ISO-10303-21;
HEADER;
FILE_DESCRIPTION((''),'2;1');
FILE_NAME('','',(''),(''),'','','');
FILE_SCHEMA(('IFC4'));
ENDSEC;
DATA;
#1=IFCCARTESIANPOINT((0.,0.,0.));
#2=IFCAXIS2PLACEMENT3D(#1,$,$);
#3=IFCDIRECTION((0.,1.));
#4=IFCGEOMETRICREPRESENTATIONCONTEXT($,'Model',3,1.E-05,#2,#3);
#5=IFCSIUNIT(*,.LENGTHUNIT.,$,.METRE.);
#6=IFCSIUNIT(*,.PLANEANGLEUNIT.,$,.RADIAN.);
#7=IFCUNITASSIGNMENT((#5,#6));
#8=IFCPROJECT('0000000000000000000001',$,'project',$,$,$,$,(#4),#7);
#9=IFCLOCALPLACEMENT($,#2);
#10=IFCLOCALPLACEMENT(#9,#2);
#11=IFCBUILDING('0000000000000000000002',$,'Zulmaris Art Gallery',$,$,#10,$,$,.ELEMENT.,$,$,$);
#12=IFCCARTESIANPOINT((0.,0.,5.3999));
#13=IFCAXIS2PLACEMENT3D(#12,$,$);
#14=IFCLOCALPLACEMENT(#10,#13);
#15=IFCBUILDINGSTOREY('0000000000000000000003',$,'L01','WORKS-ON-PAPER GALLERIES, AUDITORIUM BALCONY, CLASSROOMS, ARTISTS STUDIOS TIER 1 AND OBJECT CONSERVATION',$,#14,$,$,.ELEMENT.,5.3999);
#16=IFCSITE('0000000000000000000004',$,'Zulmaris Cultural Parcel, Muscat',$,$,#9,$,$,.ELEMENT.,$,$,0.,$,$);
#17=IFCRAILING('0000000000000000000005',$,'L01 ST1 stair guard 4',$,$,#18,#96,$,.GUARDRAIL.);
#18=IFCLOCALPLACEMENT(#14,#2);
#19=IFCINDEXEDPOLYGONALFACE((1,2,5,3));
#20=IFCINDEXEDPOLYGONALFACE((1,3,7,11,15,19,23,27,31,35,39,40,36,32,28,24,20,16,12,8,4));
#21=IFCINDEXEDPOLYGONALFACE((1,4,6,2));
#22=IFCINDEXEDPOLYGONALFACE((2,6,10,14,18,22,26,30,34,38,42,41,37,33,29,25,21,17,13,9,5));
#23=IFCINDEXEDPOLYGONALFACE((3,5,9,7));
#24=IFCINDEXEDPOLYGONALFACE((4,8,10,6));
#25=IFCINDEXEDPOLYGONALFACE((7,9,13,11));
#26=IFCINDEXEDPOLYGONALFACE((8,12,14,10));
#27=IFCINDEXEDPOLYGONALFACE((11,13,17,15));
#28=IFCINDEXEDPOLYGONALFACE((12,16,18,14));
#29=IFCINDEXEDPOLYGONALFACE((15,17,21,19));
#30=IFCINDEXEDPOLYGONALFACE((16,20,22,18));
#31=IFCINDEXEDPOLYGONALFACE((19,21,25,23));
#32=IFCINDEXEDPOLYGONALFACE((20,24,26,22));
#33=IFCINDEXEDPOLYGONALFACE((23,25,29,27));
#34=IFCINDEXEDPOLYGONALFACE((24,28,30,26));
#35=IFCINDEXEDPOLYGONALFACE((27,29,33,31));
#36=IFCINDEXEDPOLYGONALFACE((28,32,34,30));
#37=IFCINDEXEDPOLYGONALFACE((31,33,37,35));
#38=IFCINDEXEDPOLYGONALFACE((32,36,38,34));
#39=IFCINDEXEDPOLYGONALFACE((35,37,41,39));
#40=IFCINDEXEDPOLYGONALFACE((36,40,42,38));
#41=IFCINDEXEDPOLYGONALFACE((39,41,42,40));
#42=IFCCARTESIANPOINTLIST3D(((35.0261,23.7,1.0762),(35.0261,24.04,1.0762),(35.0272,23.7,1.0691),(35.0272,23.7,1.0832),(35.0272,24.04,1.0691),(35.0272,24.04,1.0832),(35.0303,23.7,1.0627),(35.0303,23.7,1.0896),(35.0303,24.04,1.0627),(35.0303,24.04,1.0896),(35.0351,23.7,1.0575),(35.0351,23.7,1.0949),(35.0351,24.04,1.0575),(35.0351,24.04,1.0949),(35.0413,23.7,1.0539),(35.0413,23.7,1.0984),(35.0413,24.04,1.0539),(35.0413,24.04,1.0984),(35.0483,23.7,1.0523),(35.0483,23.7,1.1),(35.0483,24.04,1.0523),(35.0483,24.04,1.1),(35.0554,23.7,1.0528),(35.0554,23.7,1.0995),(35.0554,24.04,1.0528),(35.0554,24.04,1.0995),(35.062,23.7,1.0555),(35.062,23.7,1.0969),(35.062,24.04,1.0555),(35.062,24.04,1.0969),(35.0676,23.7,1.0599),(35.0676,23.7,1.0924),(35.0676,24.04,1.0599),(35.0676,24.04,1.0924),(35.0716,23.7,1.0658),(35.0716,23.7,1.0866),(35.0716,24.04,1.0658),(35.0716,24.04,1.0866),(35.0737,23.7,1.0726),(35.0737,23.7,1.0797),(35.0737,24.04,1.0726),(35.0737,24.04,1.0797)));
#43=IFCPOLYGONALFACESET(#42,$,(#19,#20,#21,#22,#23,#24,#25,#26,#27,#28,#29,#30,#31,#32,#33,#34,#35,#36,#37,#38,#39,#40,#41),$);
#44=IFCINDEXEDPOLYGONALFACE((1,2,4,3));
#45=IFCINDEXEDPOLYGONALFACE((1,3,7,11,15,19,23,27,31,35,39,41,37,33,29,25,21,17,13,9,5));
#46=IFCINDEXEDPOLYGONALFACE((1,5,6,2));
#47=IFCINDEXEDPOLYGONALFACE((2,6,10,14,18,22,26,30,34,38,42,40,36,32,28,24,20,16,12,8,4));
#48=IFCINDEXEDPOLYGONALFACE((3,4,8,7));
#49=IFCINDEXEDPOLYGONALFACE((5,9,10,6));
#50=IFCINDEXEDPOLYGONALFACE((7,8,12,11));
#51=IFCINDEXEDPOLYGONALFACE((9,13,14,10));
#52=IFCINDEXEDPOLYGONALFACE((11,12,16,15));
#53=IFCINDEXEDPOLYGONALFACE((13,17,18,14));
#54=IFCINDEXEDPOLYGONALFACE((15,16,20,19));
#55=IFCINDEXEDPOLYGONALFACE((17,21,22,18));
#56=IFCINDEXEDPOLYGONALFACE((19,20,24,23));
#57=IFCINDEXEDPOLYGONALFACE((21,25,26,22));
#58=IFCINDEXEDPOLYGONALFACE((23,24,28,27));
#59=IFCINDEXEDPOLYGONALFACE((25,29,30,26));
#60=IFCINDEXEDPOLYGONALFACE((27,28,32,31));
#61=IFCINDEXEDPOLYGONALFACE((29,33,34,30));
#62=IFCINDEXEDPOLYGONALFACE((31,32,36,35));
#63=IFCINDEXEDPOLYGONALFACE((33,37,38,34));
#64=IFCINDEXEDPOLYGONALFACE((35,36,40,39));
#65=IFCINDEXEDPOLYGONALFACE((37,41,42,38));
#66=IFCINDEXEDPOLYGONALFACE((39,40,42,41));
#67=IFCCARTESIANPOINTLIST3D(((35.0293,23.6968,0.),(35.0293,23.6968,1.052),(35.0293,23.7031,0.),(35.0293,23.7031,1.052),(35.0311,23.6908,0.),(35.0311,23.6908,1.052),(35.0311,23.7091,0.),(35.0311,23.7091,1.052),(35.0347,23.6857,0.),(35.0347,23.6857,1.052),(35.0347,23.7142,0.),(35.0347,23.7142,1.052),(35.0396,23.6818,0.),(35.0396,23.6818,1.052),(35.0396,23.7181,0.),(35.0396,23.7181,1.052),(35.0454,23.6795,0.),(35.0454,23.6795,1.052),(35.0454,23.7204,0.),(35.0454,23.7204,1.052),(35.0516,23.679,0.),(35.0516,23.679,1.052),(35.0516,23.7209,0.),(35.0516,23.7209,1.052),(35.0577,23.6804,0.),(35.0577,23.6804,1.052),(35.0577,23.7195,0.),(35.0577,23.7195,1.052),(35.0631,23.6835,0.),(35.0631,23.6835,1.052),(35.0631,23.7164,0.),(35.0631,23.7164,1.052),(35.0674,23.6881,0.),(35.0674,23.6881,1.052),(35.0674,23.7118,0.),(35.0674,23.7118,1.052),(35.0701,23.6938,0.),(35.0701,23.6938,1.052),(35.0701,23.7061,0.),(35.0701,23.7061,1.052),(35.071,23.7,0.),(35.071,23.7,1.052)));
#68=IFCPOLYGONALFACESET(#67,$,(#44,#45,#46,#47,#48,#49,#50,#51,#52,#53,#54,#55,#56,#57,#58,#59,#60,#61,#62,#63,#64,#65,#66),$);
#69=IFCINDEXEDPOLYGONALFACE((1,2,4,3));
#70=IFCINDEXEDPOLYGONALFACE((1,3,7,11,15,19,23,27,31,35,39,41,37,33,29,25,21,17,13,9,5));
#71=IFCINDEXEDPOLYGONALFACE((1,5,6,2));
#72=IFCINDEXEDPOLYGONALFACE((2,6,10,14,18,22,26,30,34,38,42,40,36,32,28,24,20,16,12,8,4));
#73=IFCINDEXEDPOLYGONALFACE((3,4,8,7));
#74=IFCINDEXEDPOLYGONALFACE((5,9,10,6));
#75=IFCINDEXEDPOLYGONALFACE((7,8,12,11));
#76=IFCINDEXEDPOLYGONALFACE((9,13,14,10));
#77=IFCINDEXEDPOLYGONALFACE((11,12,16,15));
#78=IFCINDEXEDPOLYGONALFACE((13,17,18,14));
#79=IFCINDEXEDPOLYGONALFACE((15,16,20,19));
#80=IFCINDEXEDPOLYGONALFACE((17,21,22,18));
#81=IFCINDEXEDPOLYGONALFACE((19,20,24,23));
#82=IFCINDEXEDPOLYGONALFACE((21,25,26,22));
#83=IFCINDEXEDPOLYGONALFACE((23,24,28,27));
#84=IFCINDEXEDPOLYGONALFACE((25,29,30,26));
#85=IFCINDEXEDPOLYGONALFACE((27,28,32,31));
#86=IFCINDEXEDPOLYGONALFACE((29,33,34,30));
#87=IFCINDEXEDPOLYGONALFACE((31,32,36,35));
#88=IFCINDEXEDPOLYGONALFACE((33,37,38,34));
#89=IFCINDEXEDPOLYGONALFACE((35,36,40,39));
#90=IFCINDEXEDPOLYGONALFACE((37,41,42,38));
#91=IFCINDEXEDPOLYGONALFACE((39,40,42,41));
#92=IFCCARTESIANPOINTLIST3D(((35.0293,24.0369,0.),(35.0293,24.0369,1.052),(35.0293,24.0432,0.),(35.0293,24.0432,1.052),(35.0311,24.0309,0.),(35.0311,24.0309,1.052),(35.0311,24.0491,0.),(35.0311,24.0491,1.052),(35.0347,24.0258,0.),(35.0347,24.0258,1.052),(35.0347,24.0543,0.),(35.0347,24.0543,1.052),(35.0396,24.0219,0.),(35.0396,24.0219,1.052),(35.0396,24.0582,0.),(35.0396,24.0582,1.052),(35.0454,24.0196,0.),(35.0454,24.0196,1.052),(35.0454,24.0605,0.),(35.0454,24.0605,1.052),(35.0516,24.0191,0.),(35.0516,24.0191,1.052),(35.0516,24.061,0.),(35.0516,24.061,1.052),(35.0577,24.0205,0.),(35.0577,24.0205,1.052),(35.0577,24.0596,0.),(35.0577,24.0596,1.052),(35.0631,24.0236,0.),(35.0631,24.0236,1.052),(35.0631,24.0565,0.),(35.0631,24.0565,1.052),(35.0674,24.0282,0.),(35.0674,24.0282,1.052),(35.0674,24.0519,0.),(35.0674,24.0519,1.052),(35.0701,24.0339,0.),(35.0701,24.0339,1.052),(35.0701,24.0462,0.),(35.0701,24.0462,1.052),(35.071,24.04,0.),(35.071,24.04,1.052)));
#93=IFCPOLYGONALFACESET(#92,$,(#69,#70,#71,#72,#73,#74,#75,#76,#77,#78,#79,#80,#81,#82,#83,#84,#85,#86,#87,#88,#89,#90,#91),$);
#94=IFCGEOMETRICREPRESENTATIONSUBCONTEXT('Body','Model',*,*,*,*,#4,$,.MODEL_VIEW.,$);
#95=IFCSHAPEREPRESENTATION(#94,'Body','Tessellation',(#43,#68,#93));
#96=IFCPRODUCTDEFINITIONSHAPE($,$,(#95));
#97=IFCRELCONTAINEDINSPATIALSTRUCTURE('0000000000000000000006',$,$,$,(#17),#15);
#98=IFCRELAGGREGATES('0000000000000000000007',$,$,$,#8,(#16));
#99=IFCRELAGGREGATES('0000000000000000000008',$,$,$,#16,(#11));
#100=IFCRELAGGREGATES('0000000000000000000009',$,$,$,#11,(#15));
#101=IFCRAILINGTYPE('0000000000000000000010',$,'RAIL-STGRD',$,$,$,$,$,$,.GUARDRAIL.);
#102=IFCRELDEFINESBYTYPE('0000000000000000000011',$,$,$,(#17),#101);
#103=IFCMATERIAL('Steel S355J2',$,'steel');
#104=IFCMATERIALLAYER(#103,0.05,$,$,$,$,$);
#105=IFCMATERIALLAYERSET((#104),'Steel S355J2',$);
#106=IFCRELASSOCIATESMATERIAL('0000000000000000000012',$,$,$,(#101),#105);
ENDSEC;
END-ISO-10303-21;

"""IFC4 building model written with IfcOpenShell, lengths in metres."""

from ifc_helpers import new_model, si_unit, direction, frame, origin, origin_2d, place, context, subcontext, project, spatial, circle, extrude, material, layer, layer_set, type_object, element, save


model = new_model("IFC4")

# Units and contexts
model_context = context("Model", 3, precision=1e-05, world=origin(), true_north=direction((0.0, 1.0)))
body_context = subcontext(model_context, "Body", "Model", "MODEL_VIEW")
ifc_project = project(units=[si_unit("LENGTHUNIT", "METRE"), si_unit("PLANEANGLEUNIT", "RADIAN")], contexts=[model_context])

# Site, building, storey
site_placement = place(None, origin())
site = spatial("IfcSite", under=ifc_project, at=site_placement, Name="Zulmaris Cultural Parcel, Muscat", CompositionType="ELEMENT", RefElevation=0.0)
building_placement = place(site_placement, origin())
building = spatial("IfcBuilding", under=site, at=building_placement, Name="Zulmaris Art Gallery", CompositionType="ELEMENT")
storey_placement = place(building_placement, frame((0.0, 0.0, 5.3999)))
storey = spatial("IfcBuildingStorey", under=building, at=storey_placement, Name="L01", Description="WORKS-ON-PAPER GALLERIES, AUDITORIUM BALCONY, CLASSROOMS, ARTISTS STUDIOS TIER 1 AND OBJECT CONSERVATION", CompositionType="ELEMENT", Elevation=5.3999)

# Shared definitions
ifc_material_1 = material(Name="Steel S355J2", Category="steel")

# Railing
ifc_layer_1 = layer(ifc_material_1, 0.05)
ifc_layer_set_1 = layer_set([ifc_layer_1], Name="Steel S355J2")
railing_type = type_object("IfcRailingType", Name="RAIL-STGRD", PredefinedType="GUARDRAIL", material=ifc_layer_set_1)
railing_1_placement = place(storey_placement, frame((35.05, 23.7, 0.0)))
element("IfcRailing", 1, at=railing_1_placement, inside=storey, type_object=railing_type, Name="L01 ST1 stair guard 4", PredefinedType="GUARDRAIL", context=body_context, shape_type="SweptSolid", body=[
    extrude(circle(Radius=0.0239, at=origin_2d()), frame((0.0, 0.0, 1.0762), z_axis=(0.0, 1.0, 0.0), x_axis=(-1.0, 0.0, 0.0)), (0.0, 0.0, 1.0), 0.3401),
    extrude(circle(Radius=0.021, at=origin_2d()), origin(), (0.0, 0.0, 1.0), 1.052),
    extrude(circle(Radius=0.021, at=origin_2d()), frame((0.0, 0.3401, 0.0)), (0.0, 0.0, 1.0), 1.052),
])

save(model, "model.ifc")
